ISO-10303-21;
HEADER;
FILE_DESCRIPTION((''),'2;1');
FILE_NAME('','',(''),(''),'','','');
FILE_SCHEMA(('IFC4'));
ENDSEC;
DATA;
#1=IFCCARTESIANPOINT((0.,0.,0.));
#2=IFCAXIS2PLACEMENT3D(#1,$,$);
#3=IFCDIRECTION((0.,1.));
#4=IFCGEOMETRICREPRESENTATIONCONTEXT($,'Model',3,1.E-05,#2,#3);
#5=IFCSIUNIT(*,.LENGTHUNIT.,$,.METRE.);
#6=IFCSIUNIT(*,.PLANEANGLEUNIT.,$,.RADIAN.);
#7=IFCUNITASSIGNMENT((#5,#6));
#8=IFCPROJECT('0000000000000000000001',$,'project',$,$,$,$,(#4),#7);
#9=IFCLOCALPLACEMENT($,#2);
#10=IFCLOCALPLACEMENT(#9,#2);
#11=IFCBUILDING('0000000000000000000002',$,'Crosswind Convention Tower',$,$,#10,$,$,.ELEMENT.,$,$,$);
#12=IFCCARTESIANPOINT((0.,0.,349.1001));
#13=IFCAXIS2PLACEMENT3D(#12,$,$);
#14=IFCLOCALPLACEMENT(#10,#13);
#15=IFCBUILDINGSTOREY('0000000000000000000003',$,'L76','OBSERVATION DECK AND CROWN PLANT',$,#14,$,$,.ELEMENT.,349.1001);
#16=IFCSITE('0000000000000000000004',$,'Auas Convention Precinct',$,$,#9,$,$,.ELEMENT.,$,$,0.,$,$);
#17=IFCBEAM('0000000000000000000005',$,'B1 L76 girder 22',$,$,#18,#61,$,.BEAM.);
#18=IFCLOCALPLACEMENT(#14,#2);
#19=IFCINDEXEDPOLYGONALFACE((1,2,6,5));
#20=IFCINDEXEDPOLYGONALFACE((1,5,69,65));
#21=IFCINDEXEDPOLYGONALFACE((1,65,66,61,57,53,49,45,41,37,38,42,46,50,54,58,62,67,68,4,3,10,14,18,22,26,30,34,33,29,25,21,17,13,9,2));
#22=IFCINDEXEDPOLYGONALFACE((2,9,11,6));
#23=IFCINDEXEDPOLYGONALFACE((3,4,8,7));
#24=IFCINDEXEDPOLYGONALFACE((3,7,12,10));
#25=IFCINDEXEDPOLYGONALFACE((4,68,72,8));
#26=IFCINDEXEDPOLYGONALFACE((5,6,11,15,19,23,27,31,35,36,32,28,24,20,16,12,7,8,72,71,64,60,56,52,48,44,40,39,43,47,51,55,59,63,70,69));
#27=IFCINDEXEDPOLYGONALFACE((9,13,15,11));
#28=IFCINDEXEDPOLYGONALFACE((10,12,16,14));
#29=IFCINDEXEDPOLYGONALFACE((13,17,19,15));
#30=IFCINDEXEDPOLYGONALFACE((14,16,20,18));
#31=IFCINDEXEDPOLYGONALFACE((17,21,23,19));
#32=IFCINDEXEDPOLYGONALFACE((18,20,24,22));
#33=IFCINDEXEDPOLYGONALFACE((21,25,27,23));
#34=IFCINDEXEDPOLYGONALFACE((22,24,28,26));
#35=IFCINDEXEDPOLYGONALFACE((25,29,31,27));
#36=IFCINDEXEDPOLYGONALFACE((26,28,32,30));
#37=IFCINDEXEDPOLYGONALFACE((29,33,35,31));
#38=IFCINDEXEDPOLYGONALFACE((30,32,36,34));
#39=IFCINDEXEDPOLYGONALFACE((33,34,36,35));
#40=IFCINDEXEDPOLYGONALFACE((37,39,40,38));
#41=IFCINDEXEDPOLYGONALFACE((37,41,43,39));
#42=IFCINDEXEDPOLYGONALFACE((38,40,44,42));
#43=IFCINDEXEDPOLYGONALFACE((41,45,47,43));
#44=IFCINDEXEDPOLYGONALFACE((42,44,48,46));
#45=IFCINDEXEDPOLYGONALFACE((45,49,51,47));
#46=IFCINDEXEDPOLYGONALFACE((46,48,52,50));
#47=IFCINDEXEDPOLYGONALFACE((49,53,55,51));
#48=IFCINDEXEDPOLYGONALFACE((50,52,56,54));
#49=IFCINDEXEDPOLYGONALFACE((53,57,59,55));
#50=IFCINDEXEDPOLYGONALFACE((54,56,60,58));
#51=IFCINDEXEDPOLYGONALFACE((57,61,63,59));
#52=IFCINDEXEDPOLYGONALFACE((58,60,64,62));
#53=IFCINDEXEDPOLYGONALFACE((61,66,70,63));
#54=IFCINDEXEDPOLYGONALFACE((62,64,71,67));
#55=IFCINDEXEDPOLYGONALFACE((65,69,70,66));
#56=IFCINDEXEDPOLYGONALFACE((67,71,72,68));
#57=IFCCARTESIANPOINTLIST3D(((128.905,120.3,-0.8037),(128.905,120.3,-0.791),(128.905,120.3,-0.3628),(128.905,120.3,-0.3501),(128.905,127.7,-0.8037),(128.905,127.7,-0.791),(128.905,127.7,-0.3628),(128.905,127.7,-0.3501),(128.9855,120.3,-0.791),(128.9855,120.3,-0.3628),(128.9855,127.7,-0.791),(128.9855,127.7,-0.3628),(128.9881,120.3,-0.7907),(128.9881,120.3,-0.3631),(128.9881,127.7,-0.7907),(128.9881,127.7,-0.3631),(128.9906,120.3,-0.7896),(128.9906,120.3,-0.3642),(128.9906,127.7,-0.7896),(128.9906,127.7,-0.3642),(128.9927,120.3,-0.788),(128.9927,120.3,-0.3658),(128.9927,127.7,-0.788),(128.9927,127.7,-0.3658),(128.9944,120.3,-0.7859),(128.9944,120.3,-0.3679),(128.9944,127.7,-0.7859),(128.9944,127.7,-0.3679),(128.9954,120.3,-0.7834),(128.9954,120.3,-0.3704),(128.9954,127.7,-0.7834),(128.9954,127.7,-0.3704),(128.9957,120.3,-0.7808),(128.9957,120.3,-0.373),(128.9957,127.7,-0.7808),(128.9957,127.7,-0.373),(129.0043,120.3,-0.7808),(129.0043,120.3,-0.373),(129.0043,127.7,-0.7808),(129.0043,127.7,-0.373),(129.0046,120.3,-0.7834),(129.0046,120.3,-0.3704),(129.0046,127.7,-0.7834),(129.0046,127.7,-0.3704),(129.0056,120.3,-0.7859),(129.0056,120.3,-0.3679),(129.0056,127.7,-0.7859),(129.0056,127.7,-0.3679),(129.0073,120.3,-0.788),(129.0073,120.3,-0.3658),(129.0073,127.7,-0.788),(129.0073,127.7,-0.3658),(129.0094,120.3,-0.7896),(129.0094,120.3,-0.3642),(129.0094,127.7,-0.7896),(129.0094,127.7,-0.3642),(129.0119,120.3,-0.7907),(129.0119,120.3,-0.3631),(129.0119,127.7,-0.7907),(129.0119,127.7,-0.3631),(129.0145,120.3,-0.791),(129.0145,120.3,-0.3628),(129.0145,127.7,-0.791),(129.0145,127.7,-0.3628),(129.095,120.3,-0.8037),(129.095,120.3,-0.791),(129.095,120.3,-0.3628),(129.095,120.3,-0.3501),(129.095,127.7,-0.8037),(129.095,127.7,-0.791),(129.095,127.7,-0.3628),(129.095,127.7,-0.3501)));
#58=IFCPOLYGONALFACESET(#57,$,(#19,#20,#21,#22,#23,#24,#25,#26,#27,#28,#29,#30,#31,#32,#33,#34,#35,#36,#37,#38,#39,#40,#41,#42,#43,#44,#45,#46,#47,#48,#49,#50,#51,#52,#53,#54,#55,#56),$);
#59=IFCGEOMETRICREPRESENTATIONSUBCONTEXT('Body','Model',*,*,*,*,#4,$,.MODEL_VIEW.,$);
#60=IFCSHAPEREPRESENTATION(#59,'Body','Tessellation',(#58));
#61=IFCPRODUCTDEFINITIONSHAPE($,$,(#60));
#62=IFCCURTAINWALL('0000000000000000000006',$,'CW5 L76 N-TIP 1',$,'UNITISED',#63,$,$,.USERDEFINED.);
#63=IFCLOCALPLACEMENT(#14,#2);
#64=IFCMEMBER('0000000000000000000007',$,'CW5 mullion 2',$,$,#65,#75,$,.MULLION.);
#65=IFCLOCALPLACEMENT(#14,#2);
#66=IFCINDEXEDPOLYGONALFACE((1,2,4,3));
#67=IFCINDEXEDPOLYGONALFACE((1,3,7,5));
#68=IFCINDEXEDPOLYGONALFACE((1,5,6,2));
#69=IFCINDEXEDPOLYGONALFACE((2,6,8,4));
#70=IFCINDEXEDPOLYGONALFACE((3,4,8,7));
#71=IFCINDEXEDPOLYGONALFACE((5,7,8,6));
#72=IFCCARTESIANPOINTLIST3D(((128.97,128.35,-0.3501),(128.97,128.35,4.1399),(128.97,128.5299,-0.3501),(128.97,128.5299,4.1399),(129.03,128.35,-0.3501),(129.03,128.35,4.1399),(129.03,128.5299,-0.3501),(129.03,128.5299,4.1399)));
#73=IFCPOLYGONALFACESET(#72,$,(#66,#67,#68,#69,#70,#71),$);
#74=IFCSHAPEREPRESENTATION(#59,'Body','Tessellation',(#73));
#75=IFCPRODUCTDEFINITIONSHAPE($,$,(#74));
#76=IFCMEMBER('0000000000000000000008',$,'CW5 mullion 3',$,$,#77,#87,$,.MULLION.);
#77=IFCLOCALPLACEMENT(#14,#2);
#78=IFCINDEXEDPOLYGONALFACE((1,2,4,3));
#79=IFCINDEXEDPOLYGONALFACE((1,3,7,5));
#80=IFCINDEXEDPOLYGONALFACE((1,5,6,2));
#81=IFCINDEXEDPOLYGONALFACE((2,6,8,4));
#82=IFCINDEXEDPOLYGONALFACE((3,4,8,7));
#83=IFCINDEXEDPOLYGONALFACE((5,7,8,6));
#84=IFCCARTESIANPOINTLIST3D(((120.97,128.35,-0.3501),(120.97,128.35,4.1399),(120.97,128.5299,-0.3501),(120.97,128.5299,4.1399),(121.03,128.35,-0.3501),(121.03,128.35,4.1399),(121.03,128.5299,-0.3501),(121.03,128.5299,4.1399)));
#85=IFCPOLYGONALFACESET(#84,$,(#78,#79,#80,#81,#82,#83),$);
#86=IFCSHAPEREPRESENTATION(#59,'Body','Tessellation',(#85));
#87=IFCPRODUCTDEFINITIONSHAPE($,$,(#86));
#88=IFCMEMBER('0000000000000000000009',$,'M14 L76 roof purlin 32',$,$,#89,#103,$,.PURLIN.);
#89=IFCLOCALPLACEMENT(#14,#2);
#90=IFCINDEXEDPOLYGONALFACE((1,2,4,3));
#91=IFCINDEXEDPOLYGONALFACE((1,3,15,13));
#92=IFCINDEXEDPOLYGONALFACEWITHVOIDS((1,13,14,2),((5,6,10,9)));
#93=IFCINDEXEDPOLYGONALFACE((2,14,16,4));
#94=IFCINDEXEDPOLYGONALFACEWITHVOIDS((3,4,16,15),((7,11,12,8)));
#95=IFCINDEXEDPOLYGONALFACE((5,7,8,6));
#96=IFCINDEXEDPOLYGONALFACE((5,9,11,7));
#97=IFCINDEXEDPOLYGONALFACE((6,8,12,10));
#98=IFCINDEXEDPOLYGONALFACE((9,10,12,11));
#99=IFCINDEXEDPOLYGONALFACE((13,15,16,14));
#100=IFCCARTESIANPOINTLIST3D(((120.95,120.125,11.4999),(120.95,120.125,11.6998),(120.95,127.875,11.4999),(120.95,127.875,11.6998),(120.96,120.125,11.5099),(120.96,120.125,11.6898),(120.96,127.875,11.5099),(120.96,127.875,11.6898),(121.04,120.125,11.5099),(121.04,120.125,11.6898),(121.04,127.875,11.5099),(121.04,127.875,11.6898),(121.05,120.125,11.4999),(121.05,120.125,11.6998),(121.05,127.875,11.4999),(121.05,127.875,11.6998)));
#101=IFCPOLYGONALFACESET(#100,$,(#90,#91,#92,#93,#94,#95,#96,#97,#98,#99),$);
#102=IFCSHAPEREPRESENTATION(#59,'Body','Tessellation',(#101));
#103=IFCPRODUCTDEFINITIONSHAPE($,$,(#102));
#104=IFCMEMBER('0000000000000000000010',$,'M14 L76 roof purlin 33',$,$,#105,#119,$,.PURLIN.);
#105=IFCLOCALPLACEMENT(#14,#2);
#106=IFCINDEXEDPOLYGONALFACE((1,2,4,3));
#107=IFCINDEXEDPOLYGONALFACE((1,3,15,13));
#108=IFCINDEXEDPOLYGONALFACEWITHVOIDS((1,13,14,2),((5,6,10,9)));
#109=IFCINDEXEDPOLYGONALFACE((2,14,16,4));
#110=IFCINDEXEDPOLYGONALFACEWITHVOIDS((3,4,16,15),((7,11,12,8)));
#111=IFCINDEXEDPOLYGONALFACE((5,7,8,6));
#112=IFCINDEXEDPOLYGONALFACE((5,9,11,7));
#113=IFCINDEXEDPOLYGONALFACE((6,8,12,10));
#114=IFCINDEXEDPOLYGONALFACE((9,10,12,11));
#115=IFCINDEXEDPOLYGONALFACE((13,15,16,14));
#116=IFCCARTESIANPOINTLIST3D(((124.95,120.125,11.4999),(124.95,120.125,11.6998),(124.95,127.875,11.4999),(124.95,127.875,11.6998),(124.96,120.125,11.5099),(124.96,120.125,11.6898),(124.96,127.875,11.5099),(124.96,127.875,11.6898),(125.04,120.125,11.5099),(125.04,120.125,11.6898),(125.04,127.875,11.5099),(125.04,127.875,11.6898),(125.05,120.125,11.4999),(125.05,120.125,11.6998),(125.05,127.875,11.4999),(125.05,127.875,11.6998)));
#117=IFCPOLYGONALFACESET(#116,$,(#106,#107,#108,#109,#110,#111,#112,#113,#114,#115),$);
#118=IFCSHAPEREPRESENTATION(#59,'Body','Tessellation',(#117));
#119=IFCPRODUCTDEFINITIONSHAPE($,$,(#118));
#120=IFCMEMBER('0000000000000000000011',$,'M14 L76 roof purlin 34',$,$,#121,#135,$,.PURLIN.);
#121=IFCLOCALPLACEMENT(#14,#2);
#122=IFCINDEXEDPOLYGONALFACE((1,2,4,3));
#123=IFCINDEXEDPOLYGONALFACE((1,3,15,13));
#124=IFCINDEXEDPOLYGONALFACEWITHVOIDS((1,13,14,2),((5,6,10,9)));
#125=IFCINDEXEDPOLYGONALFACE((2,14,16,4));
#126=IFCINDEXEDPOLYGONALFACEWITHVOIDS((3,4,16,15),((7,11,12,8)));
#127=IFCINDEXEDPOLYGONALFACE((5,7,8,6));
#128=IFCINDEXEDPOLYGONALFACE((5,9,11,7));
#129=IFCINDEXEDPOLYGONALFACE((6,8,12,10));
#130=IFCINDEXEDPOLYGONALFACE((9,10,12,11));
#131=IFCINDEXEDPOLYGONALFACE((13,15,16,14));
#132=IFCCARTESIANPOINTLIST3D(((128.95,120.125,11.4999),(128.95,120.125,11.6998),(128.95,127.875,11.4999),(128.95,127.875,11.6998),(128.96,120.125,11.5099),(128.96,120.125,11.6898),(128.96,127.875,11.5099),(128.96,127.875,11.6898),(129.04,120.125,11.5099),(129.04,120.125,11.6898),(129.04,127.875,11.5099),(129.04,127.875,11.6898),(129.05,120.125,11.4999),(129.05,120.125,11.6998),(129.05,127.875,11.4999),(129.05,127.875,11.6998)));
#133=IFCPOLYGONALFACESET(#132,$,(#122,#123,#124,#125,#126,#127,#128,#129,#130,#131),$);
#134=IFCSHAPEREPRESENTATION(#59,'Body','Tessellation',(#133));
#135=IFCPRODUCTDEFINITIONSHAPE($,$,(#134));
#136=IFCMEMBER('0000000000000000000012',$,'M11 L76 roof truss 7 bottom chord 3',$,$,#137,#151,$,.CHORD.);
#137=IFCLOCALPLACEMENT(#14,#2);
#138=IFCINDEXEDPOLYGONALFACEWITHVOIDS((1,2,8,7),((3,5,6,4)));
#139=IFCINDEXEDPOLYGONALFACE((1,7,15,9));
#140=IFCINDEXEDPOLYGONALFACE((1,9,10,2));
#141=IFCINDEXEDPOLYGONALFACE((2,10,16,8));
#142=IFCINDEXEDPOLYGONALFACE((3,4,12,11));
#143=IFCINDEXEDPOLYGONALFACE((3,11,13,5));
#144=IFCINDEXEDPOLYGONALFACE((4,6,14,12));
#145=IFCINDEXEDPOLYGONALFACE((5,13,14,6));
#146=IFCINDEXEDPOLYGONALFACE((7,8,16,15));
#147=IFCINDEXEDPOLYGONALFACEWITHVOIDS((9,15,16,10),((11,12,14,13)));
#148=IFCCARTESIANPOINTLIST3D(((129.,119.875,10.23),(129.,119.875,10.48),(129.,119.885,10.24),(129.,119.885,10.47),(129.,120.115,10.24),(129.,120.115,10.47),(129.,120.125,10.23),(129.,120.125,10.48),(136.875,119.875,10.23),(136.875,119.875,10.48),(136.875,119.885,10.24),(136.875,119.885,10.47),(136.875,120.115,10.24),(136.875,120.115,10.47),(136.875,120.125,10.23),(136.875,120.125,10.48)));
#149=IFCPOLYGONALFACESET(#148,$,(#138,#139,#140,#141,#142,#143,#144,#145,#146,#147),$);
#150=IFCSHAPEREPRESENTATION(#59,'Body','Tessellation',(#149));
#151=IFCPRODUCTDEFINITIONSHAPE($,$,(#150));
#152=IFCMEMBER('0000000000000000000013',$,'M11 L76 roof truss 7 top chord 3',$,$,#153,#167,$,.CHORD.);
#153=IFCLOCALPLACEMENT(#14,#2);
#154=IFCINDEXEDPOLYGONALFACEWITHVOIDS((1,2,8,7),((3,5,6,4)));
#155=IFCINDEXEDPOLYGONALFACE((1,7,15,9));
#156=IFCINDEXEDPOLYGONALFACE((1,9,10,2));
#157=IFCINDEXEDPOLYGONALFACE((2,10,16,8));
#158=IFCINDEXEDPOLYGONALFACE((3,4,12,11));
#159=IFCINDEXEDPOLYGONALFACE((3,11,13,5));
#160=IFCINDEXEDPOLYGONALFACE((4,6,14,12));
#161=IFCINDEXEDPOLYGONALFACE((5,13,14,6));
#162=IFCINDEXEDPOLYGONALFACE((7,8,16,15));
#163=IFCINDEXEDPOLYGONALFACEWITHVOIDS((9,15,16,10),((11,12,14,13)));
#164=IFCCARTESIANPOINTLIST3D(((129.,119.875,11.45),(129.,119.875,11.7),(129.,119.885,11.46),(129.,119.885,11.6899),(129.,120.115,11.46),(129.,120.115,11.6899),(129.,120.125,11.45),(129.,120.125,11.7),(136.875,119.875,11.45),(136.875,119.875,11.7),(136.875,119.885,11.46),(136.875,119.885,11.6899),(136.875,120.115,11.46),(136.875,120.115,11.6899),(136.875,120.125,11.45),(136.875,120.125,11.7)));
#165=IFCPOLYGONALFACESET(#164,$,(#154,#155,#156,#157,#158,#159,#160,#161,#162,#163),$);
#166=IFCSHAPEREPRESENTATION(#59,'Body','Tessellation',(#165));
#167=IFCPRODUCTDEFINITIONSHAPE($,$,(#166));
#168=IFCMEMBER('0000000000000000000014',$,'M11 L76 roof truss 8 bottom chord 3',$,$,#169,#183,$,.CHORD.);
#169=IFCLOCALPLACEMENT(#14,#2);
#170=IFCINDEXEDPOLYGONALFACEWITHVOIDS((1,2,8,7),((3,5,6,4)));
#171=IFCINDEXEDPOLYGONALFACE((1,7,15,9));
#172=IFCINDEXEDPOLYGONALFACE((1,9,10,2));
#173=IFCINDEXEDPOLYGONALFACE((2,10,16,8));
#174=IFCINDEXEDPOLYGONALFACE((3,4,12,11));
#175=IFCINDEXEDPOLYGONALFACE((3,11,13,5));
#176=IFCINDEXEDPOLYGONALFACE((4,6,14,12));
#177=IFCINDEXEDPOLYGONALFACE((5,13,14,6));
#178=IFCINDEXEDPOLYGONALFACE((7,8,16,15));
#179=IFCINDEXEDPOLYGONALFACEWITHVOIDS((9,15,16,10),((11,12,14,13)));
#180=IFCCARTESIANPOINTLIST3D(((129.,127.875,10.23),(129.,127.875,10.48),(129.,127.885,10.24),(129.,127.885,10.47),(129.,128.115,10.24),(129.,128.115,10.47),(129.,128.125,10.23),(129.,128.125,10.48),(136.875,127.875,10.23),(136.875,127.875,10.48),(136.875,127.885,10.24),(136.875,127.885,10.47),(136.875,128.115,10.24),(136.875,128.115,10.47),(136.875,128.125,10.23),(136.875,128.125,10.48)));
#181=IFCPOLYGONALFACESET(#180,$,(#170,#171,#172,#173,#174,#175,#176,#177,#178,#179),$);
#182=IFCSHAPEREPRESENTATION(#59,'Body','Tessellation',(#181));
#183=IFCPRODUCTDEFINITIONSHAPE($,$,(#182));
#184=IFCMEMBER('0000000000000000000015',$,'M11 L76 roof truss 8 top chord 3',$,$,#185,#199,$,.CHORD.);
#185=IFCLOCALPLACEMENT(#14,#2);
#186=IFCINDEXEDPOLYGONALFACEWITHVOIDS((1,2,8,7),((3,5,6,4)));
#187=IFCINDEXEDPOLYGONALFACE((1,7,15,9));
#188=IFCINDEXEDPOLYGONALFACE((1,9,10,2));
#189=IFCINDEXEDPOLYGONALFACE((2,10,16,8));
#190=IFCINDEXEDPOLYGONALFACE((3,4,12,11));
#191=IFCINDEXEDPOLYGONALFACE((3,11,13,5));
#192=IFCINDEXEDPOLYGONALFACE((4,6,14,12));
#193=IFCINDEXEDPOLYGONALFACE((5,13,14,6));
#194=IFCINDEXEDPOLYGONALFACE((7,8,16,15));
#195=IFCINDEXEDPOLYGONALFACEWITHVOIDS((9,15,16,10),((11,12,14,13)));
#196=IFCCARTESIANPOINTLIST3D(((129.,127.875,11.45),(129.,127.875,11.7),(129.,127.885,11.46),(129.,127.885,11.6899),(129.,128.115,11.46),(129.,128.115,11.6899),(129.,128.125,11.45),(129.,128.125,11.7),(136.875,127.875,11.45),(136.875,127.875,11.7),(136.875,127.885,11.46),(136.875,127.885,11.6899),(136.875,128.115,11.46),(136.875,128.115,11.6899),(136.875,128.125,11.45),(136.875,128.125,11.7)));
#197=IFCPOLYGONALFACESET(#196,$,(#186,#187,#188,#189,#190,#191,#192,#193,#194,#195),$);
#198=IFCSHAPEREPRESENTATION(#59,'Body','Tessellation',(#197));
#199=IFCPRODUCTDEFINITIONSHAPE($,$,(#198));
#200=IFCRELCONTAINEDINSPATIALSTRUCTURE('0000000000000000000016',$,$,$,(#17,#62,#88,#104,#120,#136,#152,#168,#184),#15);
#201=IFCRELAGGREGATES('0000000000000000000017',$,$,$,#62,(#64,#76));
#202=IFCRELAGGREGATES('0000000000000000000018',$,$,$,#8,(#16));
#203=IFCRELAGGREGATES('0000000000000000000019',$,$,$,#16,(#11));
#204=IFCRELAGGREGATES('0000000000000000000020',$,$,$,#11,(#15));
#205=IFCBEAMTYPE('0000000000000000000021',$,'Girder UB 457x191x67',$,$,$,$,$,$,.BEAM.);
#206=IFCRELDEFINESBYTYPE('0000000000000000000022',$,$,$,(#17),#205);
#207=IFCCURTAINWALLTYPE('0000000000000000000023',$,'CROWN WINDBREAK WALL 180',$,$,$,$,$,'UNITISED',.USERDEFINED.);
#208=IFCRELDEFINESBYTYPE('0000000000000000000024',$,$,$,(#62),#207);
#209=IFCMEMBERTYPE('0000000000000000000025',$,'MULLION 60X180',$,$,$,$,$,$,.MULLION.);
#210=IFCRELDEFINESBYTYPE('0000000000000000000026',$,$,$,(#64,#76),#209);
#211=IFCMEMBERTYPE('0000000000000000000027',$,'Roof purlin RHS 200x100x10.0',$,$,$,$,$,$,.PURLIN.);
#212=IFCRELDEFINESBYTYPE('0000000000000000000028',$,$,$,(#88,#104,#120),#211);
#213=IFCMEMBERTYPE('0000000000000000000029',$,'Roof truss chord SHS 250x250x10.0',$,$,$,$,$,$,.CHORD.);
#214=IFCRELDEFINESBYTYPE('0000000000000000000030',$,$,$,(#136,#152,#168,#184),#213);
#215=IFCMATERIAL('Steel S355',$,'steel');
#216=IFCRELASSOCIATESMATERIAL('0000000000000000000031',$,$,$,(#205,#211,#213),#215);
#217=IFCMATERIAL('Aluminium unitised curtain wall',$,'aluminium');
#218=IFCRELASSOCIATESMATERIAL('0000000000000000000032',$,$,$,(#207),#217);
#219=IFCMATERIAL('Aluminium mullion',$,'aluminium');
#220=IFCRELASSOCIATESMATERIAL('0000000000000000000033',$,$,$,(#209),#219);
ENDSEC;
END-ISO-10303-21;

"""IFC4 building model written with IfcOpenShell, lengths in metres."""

from ifc_helpers import new_model, si_unit, direction, frame, origin, origin_2d, place, context, subcontext, project, spatial, rectangle, hollow_rectangle, i_section, extrude, material, material_profile, profile_set, type_object, element, aggregate, save


model = new_model("IFC4")

# Units and contexts
model_context = context("Model", 3, precision=1e-05, world=origin(), true_north=direction((0.0, 1.0)))
body_context = subcontext(model_context, "Body", "Model", "MODEL_VIEW")
ifc_project = project(units=[si_unit("LENGTHUNIT", "METRE"), si_unit("PLANEANGLEUNIT", "RADIAN")], contexts=[model_context])

# Site, building, storey
site_placement = place(None, origin())
site = spatial("IfcSite", under=ifc_project, at=site_placement, Name="Auas Convention Precinct", CompositionType="ELEMENT", RefElevation=0.0)
building_placement = place(site_placement, origin())
building = spatial("IfcBuilding", under=site, at=building_placement, Name="Crosswind Convention Tower", CompositionType="ELEMENT")
storey_placement = place(building_placement, frame((0.0, 0.0, 349.1001)))
storey = spatial("IfcBuildingStorey", under=building, at=storey_placement, Name="L76", Description="OBSERVATION DECK AND CROWN PLANT", CompositionType="ELEMENT", Elevation=349.1001)

# Beam
ifc_material_1 = material(Name="Steel S355", Category="steel")
ifc_material_profile_1 = material_profile(ifc_material_1, i_section(OverallWidth=0.1899, OverallDepth=0.4536, WebThickness=0.0085, FlangeThickness=0.0127, FilletRadius=0.0103, at=origin_2d()), Name="UB 457x191x67")
ifc_profile_set_1 = profile_set([ifc_material_profile_1], Name="Steel S355")
beam_type_1 = type_object("IfcBeamType", Name="Girder UB 457x191x67", PredefinedType="BEAM", material=ifc_profile_set_1)
for number, where, z_axis, x_axis, name in (
    (1, (129.0, 120.3, -0.5769), (0.0, 1.0, 0.0), (-1.0, 0.0, 0.0), "B1 L76 girder 22"),
):
    element("IfcBeam", number, at=place(storey_placement, frame(where, z_axis=z_axis, x_axis=x_axis)), inside=storey, type_object=beam_type_1, Name=name, PredefinedType="BEAM", context=body_context, shape_type="SweptSolid", body=[
        extrude(i_section(OverallWidth=0.1899, OverallDepth=0.4536, WebThickness=0.0085, FlangeThickness=0.0127, FilletRadius=0.0103, at=origin_2d()), origin(), (0.0, 0.0, 1.0), 7.3999),
    ])

# Curtain wall, members
ifc_material_2 = material(Name="Aluminium unitised curtain wall", Category="aluminium")
curtain_wall_type = type_object("IfcCurtainWallType", Name="CROWN WINDBREAK WALL 180", ElementType="UNITISED", PredefinedType="USERDEFINED", material=ifc_material_2)
curtain_wall_placement = place(storey_placement, origin())
curtain_wall = element("IfcCurtainWall", 2, at=curtain_wall_placement, inside=storey, type_object=curtain_wall_type, Name="CW5 L76 N-TIP 1", ObjectType="UNITISED", PredefinedType="USERDEFINED")
ifc_material_3 = material(Name="Aluminium mullion", Category="aluminium")
ifc_material_profile_2 = material_profile(ifc_material_3, rectangle(XDim=0.1799, YDim=0.0601, at=origin_2d()), Name="AL 180X60")
ifc_profile_set_2 = profile_set([ifc_material_profile_2], Name="Aluminium mullion")
member_type_1 = type_object("IfcMemberType", Name="MULLION 60X180", PredefinedType="MULLION", material=ifc_profile_set_2)
member_1_placement = place(storey_placement, frame((129.0, 128.4399, -0.3501), z_axis=(0.0, 0.0, 1.0), x_axis=(0.0, 1.0, 0.0)))
member_1 = element("IfcMember", 3, at=member_1_placement, type_object=member_type_1, Name="CW5 mullion 2", PredefinedType="MULLION", context=body_context, shape_type="SweptSolid", body=[
    extrude(rectangle(XDim=0.1799, YDim=0.0601, at=origin_2d()), origin(), (0.0, 0.0, 1.0), 4.49),
])
member_2_placement = place(storey_placement, frame((121.0, 128.4399, -0.3501), z_axis=(0.0, 0.0, 1.0), x_axis=(0.0, 1.0, 0.0)))
member_2 = element("IfcMember", 4, at=member_2_placement, type_object=member_type_1, Name="CW5 mullion 3", PredefinedType="MULLION", context=body_context, shape_type="SweptSolid", body=[
    extrude(rectangle(XDim=0.1799, YDim=0.0601, at=origin_2d()), origin(), (0.0, 0.0, 1.0), 4.49),
])

# Members
ifc_material_profile_3 = material_profile(ifc_material_1, hollow_rectangle(XDim=0.1001, YDim=0.2, WallThickness=0.01, at=origin_2d()), Name="RHS 200x100x10.0")
ifc_profile_set_3 = profile_set([ifc_material_profile_3], Name="Steel S355")
member_type_2 = type_object("IfcMemberType", Name="Roof purlin RHS 200x100x10.0", PredefinedType="PURLIN", material=ifc_profile_set_3)
for number, where, z_axis, x_axis, name in (
    (5, (121.0, 120.125, 11.5999), (0.0, 1.0, 0.0), (-1.0, 0.0, 0.0), "M14 L76 roof purlin 32"),
    (6, (125.0, 120.125, 11.5999), (0.0, 1.0, 0.0), (-1.0, 0.0, 0.0), "M14 L76 roof purlin 33"),
    (7, (129.0, 120.125, 11.5999), (0.0, 1.0, 0.0), (-1.0, 0.0, 0.0), "M14 L76 roof purlin 34"),
):
    element("IfcMember", number, at=place(storey_placement, frame(where, z_axis=z_axis, x_axis=x_axis)), inside=storey, type_object=member_type_2, Name=name, PredefinedType="PURLIN", context=body_context, shape_type="SweptSolid", body=[
        extrude(hollow_rectangle(XDim=0.1001, YDim=0.2, WallThickness=0.01, at=origin_2d()), origin(), (0.0, 0.0, 1.0), 7.75),
    ])
ifc_material_profile_4 = material_profile(ifc_material_1, hollow_rectangle(XDim=0.25, YDim=0.25, WallThickness=0.01, at=origin_2d()), Name="SHS 250x250x10.0")
ifc_profile_set_4 = profile_set([ifc_material_profile_4], Name="Steel S355")
member_type_3 = type_object("IfcMemberType", Name="Roof truss chord SHS 250x250x10.0", PredefinedType="CHORD", material=ifc_profile_set_4)
for number, where, z_axis, x_axis, name in (
    (8, (129.0, 120.0, 10.355), (1.0, 0.0, 0.0), (0.0, 1.0, 0.0), "M11 L76 roof truss 7 bottom chord 3"),
    (9, (129.0, 120.0, 11.575), (1.0, 0.0, 0.0), (0.0, 1.0, 0.0), "M11 L76 roof truss 7 top chord 3"),
    (10, (129.0, 128.0, 10.355), (1.0, 0.0, 0.0), (0.0, 1.0, 0.0), "M11 L76 roof truss 8 bottom chord 3"),
    (11, (129.0, 128.0, 11.575), (1.0, 0.0, 0.0), (0.0, 1.0, 0.0), "M11 L76 roof truss 8 top chord 3"),
):
    element("IfcMember", number, at=place(storey_placement, frame(where, z_axis=z_axis, x_axis=x_axis)), inside=storey, type_object=member_type_3, Name=name, PredefinedType="CHORD", context=body_context, shape_type="SweptSolid", body=[
        extrude(hollow_rectangle(XDim=0.25, YDim=0.25, WallThickness=0.01, at=origin_2d()), origin(), (0.0, 0.0, 1.0), 7.875),
    ])

aggregate(curtain_wall, [member_1, member_2])

save(model, "model.ifc")
